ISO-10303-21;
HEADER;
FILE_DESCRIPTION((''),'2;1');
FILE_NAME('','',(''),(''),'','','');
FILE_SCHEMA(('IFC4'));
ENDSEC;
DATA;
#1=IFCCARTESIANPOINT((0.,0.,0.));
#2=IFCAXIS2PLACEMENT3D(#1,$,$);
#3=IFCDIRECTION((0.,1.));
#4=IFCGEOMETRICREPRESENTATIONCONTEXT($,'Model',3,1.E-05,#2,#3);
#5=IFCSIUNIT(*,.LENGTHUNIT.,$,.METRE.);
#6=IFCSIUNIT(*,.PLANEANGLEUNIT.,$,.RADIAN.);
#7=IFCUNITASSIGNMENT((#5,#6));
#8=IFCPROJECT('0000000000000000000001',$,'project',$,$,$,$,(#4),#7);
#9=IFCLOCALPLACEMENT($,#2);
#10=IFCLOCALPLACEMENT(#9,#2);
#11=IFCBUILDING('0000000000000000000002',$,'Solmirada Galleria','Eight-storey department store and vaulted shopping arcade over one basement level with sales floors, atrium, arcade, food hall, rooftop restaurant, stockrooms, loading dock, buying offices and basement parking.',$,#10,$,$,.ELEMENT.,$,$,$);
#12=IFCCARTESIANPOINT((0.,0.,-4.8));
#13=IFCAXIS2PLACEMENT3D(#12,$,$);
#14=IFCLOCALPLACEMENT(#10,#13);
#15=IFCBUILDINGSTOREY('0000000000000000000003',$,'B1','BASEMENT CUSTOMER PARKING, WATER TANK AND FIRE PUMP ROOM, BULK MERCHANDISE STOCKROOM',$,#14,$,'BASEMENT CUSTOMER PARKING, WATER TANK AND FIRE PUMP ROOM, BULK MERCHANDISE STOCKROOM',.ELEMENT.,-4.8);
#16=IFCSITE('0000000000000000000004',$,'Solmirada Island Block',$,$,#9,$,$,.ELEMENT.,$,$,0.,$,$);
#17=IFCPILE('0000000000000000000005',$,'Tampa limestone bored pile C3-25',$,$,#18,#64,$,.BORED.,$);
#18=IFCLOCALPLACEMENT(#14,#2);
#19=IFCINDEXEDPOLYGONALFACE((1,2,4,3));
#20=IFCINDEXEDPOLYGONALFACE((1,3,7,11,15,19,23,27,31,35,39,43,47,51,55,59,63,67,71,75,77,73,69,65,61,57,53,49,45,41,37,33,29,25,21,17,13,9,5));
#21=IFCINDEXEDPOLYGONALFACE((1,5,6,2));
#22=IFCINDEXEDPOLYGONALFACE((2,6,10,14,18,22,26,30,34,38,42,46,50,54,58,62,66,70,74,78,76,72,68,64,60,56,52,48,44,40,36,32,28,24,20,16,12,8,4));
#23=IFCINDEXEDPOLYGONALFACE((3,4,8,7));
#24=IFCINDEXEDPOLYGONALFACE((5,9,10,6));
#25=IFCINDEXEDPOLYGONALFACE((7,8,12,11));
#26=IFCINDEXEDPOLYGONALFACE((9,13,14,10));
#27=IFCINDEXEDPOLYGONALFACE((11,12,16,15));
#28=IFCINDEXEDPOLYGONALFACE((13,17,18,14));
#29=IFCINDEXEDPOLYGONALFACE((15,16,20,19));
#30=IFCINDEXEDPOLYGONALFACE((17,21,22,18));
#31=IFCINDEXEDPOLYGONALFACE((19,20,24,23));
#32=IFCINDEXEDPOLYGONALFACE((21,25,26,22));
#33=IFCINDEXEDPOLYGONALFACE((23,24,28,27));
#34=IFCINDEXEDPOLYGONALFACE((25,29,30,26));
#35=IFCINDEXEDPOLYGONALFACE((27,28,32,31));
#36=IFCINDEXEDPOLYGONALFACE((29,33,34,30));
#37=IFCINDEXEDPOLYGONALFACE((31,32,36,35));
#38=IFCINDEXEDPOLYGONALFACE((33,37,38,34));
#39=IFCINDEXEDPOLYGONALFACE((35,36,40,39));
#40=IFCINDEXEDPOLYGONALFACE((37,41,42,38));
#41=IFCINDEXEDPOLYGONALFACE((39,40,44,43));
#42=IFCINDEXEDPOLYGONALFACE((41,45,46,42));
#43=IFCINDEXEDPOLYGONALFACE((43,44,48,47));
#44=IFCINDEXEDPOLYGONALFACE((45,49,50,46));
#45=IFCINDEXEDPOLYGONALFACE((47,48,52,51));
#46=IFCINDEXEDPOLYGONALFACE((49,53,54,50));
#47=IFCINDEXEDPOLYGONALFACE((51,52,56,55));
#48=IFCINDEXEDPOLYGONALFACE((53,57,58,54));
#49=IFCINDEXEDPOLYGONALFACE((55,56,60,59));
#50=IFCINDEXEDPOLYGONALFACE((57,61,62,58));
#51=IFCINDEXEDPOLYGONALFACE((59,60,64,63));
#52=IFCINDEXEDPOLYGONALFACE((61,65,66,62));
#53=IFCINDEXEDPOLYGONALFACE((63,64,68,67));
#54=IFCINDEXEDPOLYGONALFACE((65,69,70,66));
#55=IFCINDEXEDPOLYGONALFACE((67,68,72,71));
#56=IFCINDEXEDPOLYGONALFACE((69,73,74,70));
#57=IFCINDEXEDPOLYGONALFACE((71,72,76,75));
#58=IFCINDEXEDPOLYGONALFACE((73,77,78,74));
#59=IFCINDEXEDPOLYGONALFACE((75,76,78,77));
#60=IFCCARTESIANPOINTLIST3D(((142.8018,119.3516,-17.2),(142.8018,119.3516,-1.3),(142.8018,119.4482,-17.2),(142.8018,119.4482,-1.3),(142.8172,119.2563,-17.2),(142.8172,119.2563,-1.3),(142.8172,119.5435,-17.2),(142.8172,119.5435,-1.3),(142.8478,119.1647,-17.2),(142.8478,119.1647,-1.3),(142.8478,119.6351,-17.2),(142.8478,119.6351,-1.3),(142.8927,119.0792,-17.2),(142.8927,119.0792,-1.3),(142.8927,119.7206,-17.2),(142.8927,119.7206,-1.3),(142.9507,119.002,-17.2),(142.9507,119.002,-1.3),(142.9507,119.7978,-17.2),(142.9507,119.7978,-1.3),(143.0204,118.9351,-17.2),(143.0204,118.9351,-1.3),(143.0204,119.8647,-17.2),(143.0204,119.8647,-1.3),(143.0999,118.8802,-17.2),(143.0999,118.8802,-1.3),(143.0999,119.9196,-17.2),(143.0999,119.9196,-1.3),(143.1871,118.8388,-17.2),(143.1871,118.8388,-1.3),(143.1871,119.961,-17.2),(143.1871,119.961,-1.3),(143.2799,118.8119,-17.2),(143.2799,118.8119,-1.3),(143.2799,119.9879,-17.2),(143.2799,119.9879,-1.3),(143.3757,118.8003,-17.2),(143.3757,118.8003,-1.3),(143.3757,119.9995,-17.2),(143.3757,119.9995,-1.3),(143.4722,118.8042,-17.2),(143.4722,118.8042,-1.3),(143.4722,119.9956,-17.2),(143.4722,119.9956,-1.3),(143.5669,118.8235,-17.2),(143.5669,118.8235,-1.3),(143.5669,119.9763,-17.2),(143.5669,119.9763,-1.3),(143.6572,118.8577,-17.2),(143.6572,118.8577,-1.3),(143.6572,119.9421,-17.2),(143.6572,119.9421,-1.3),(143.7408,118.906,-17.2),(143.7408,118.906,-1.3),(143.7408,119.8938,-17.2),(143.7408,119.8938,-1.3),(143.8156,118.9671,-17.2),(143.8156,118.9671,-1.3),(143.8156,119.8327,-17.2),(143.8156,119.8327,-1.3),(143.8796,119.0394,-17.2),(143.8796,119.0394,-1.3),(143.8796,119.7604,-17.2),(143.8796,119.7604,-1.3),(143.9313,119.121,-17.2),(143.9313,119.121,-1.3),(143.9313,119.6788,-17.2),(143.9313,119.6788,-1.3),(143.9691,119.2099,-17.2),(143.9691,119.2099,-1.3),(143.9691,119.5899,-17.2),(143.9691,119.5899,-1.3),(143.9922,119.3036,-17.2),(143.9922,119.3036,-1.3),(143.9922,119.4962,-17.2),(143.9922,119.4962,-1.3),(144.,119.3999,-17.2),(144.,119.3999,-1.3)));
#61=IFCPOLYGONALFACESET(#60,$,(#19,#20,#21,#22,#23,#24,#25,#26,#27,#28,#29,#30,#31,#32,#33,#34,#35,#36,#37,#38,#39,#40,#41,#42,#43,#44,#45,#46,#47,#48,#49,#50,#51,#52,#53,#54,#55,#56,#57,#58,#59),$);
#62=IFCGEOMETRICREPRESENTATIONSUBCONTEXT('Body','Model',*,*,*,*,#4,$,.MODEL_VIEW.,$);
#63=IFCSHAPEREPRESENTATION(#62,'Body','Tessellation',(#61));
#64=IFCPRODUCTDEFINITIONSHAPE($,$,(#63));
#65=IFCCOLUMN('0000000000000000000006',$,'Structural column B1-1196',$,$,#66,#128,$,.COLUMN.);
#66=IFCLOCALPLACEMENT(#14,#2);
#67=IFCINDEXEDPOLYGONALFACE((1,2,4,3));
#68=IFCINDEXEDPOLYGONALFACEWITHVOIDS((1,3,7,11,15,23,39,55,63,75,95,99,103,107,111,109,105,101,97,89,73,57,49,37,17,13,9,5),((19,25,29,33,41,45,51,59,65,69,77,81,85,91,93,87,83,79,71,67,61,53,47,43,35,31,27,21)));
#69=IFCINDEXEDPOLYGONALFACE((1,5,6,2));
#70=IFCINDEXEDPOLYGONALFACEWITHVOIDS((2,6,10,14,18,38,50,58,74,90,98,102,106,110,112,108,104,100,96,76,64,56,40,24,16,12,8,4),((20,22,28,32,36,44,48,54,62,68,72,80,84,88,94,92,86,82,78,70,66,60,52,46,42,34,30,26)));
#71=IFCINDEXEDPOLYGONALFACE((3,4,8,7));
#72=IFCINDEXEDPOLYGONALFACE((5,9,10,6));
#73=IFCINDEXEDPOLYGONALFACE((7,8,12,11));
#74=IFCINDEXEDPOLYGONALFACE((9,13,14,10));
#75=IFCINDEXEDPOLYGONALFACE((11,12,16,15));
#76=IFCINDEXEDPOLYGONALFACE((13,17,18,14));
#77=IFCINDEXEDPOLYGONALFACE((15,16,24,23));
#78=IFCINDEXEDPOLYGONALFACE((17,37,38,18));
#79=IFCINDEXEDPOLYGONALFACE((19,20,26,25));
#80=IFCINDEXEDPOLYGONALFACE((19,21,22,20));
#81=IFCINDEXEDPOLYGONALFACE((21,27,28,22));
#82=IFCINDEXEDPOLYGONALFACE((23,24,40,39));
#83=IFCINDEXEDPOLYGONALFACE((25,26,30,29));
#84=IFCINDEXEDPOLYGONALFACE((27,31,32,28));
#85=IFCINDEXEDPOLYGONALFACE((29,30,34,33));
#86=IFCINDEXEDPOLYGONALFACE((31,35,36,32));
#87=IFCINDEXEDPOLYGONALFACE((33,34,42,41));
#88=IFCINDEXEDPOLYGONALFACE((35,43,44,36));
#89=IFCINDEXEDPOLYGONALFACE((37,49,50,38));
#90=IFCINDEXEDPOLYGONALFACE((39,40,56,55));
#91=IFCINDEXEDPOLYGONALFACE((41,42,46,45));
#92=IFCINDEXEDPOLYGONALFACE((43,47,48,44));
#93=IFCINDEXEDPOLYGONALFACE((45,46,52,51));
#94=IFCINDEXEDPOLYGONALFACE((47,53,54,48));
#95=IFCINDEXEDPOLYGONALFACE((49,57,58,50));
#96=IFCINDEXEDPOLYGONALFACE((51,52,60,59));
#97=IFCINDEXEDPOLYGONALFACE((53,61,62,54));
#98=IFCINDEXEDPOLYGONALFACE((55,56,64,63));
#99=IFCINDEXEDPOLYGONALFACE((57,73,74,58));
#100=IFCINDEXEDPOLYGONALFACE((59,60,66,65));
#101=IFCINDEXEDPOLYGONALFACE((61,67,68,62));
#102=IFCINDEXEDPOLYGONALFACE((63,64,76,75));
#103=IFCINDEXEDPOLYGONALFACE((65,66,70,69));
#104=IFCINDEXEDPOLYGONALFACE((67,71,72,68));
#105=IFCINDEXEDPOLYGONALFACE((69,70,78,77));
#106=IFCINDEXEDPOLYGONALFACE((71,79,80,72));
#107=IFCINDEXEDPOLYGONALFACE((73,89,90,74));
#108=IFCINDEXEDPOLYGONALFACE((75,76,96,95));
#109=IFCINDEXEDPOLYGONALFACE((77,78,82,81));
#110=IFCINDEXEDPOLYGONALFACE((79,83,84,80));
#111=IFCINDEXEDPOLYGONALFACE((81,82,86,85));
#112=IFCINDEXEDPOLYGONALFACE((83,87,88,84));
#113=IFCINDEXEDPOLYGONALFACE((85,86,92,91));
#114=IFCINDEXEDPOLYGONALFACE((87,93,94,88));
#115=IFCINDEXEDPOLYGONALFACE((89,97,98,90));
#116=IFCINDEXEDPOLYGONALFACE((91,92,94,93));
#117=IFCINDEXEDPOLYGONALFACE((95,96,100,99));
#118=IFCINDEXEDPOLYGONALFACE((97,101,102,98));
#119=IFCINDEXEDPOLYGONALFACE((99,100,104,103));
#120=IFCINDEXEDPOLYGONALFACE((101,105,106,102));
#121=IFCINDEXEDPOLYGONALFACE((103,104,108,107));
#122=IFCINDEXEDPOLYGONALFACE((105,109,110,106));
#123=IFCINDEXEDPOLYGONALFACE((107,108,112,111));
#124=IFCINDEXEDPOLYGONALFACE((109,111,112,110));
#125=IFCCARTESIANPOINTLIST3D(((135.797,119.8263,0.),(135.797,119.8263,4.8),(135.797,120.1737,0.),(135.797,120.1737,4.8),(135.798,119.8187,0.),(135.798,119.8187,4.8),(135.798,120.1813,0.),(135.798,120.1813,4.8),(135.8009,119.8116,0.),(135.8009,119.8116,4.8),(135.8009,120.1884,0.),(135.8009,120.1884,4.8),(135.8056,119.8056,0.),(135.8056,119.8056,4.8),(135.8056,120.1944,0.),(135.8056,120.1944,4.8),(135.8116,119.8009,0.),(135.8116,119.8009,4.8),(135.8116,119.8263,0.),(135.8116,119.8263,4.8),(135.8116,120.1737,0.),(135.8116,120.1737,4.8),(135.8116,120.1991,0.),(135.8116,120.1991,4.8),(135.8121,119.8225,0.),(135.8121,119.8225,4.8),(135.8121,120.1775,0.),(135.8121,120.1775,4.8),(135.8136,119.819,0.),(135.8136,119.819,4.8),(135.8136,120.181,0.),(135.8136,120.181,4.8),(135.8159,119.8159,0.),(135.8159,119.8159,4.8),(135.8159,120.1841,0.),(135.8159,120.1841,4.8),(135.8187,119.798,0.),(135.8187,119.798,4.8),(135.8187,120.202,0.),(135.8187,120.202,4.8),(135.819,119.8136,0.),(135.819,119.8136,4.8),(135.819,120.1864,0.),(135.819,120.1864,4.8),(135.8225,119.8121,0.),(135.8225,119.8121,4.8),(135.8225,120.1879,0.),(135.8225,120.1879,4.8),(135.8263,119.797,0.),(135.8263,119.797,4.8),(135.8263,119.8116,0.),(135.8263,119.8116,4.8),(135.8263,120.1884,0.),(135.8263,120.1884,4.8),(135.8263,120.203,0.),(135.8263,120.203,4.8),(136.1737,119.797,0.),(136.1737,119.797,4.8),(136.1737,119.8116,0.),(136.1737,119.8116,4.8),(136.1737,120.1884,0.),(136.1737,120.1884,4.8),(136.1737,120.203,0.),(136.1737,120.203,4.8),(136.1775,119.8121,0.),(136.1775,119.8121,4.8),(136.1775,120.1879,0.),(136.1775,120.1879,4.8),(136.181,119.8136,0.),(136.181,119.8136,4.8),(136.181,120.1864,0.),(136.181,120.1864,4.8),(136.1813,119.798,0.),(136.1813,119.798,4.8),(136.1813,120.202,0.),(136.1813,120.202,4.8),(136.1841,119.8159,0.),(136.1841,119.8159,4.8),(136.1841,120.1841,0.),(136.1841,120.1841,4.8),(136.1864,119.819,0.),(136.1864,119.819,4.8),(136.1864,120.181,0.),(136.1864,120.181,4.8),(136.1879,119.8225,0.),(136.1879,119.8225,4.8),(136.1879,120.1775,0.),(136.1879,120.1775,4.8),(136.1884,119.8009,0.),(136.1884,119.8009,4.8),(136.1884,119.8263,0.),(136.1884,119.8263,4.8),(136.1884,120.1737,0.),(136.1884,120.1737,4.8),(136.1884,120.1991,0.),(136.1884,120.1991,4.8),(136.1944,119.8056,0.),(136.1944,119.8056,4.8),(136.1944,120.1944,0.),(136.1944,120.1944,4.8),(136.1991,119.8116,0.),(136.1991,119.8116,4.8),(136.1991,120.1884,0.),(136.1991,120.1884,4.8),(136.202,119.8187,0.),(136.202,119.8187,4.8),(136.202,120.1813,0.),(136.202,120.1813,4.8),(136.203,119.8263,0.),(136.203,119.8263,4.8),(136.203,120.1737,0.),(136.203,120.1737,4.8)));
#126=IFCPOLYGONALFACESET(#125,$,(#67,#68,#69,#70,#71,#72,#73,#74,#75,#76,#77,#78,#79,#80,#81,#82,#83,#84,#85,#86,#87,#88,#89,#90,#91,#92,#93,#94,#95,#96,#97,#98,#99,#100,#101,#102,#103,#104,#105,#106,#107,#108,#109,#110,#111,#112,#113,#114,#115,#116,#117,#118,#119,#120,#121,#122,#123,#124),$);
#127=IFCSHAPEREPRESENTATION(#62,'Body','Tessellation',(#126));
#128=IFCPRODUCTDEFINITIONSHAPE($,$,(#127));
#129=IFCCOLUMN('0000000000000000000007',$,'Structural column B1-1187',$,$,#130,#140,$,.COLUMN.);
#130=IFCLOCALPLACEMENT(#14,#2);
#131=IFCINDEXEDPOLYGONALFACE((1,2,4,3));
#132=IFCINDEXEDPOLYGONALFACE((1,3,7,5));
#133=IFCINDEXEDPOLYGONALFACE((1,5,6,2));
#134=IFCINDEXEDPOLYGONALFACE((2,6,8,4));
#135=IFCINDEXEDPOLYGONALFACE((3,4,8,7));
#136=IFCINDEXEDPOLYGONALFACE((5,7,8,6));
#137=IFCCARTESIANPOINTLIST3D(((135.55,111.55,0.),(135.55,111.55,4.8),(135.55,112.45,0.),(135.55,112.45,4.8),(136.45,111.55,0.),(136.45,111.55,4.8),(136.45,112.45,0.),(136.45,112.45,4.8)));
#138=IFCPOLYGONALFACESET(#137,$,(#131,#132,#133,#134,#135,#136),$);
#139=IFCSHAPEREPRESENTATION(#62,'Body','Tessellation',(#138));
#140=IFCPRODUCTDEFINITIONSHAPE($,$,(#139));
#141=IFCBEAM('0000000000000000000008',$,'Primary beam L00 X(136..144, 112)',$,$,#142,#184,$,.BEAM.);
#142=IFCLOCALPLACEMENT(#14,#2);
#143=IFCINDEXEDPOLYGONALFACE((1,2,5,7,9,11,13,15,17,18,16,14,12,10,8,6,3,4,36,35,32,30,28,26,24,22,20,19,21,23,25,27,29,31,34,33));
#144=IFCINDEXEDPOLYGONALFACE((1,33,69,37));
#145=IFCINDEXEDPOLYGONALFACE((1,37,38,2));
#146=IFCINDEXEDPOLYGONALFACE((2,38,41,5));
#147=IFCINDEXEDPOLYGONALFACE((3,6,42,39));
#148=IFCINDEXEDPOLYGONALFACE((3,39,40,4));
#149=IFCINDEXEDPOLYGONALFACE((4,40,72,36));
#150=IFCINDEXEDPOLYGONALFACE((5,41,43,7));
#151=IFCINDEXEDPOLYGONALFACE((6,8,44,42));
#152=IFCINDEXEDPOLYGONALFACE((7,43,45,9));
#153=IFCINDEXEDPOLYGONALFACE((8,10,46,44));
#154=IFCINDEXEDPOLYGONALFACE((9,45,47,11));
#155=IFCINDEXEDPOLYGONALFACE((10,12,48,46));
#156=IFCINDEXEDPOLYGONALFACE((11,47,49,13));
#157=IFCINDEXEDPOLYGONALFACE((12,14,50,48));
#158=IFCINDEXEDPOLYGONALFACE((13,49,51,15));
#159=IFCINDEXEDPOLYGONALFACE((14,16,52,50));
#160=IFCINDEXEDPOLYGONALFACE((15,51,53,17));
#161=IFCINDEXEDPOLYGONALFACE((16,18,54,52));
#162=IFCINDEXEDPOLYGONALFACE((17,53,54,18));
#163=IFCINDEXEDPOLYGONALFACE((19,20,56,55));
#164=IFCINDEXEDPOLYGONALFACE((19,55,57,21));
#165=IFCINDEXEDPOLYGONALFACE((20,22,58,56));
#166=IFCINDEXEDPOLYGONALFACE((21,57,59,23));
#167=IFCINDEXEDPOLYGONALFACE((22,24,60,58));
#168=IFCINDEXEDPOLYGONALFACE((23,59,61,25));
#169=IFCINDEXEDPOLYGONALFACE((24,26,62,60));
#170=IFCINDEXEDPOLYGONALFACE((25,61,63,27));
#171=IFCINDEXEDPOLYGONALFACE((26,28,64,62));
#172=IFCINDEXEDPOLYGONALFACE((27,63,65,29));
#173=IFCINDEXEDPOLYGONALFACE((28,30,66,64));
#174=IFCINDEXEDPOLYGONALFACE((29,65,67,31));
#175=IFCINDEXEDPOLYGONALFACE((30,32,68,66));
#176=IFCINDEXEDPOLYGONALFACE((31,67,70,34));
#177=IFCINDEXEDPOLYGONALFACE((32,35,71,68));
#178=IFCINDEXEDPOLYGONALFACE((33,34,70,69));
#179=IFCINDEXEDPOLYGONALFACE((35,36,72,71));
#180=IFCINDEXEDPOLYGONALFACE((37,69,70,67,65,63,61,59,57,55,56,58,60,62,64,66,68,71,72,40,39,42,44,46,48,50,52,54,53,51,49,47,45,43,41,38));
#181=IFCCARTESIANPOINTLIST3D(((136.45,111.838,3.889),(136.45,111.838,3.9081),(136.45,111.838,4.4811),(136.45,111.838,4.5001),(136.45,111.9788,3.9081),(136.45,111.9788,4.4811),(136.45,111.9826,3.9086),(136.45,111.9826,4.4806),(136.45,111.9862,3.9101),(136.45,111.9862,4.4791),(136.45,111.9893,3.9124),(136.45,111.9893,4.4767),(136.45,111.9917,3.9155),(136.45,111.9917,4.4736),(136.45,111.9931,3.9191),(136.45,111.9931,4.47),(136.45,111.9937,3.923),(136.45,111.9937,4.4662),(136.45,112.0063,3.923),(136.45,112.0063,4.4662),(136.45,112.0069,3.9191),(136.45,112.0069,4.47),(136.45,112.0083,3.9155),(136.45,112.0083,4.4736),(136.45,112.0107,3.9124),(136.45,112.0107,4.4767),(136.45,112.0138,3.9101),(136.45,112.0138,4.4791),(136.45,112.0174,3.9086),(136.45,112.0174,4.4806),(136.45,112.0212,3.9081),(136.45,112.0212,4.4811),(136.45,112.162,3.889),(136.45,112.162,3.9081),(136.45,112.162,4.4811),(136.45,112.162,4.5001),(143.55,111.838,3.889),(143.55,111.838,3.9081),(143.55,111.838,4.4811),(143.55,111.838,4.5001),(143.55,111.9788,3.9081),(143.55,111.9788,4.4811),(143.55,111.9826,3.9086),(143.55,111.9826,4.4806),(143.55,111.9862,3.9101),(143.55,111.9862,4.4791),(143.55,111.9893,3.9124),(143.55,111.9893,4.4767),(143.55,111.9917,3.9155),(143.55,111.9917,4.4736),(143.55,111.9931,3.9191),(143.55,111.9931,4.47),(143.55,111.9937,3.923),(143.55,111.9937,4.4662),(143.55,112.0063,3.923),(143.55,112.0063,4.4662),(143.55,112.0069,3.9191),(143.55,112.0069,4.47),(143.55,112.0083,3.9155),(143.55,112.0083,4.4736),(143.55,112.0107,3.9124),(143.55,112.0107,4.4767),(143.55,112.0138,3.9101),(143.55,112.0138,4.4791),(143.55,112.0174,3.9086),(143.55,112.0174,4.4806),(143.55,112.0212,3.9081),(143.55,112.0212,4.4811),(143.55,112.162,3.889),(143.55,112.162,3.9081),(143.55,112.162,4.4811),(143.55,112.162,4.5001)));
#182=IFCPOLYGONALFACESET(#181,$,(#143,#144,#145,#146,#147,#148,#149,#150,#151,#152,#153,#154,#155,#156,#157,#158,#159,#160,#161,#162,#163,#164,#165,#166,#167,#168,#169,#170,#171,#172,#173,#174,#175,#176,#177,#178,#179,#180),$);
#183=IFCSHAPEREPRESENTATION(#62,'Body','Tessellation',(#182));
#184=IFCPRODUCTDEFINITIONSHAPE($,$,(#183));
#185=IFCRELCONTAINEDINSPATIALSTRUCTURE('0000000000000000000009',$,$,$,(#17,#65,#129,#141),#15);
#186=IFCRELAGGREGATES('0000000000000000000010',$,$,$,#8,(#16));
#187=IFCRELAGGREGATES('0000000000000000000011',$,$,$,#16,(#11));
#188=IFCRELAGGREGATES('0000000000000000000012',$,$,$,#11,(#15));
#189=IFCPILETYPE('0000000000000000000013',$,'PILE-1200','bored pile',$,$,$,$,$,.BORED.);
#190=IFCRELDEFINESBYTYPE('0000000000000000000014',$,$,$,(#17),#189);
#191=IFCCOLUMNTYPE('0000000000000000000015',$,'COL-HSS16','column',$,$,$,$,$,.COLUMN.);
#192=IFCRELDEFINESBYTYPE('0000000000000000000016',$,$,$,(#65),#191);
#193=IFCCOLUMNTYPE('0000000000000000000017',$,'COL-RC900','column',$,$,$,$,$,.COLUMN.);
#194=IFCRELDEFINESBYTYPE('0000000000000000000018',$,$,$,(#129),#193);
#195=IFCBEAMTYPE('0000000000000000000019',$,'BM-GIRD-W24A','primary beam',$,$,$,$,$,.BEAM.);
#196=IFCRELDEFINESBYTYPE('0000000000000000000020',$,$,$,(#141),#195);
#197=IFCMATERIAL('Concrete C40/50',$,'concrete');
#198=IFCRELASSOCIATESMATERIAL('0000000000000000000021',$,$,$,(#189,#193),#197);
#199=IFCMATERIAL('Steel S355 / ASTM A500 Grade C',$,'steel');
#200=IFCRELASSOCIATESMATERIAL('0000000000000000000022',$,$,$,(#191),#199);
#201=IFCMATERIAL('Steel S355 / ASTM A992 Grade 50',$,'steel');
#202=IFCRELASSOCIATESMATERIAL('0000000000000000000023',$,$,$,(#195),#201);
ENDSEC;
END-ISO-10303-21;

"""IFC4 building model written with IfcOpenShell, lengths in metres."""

from ifc_helpers import new_model, si_unit, direction, frame, origin, origin_2d, place, context, subcontext, project, spatial, rectangle, hollow_rectangle, circle, i_section, extrude, material, material_profile, profile_set, type_object, element, save


model = new_model("IFC4")

# Units and contexts
model_context = context("Model", 3, precision=1e-05, world=origin(), true_north=direction((0.0, 1.0)))
body_context = subcontext(model_context, "Body", "Model", "MODEL_VIEW")
ifc_project = project(units=[si_unit("LENGTHUNIT", "METRE"), si_unit("PLANEANGLEUNIT", "RADIAN")], contexts=[model_context])

# Site, building, storey
site_placement = place(None, origin())
site = spatial("IfcSite", under=ifc_project, at=site_placement, Name="Solmirada Island Block", CompositionType="ELEMENT", RefElevation=0.0)
building_placement = place(site_placement, origin())
building = spatial("IfcBuilding", under=site, at=building_placement, Name="Solmirada Galleria", Description="Eight-storey department store and vaulted shopping arcade over one basement level with sales floors, atrium, arcade, food hall, rooftop restaurant, stockrooms, loading dock, buying offices and basement parking.", CompositionType="ELEMENT")
storey_placement = place(building_placement, frame((0.0, 0.0, -4.8)))
storey = spatial("IfcBuildingStorey", under=building, at=storey_placement, Name="B1", Description="BASEMENT CUSTOMER PARKING, WATER TANK AND FIRE PUMP ROOM, BULK MERCHANDISE STOCKROOM", LongName="BASEMENT CUSTOMER PARKING, WATER TANK AND FIRE PUMP ROOM, BULK MERCHANDISE STOCKROOM", CompositionType="ELEMENT", Elevation=-4.8)

# Pile
ifc_material_1 = material(Name="Concrete C40/50", Category="concrete")
ifc_material_profile_1 = material_profile(ifc_material_1, circle(Radius=0.6001, at=origin_2d()), Name="PILE1200")
ifc_profile_set_1 = profile_set([ifc_material_profile_1], Name="Concrete C40/50")
pile_type = type_object("IfcPileType", Name="PILE-1200", Description="bored pile", PredefinedType="BORED", material=ifc_profile_set_1)
for number, where, z_axis, x_axis, name in (
    (1, (143.3999, 119.3999, -1.3), (0.0, 0.0, -1.0), (1.0, 0.0, 0.0), "Tampa limestone bored pile C3-25"),
):
    element("IfcPile", number, at=place(storey_placement, frame(where, z_axis=z_axis, x_axis=x_axis)), inside=storey, type_object=pile_type, Name=name, PredefinedType="BORED", context=body_context, shape_type="SweptSolid", body=[
        extrude(circle(Radius=0.6001, at=origin_2d()), origin(), (0.0, 0.0, 1.0), 15.8999),
    ])

# Columns
ifc_material_2 = material(Name="Steel S355 / ASTM A500 Grade C", Category="steel")
ifc_material_profile_2 = material_profile(ifc_material_2, hollow_rectangle(XDim=0.406, YDim=0.406, WallThickness=0.0146, InnerFilletRadius=0.0146, OuterFilletRadius=0.0293, at=origin_2d()), Name="HSS16X16X5/8")
ifc_profile_set_2 = profile_set([ifc_material_profile_2], Name="Steel S355 / ASTM A500 Grade C")
column_type_1 = type_object("IfcColumnType", Name="COL-HSS16", Description="column", PredefinedType="COLUMN", material=ifc_profile_set_2)
column_1_placement = place(storey_placement, frame((136.0, 120.0, 0.0), z_axis=(0.0, 0.0, 1.0), x_axis=(1.0, 0.0, 0.0)))
element("IfcColumn", 2, at=column_1_placement, inside=storey, type_object=column_type_1, Name="Structural column B1-1196", PredefinedType="COLUMN", context=body_context, shape_type="SweptSolid", body=[
    extrude(hollow_rectangle(XDim=0.406, YDim=0.406, WallThickness=0.0146, InnerFilletRadius=0.0146, OuterFilletRadius=0.0293, at=origin_2d()), origin(), (0.0, 0.0, 1.0), 4.8),
])
ifc_material_profile_3 = material_profile(ifc_material_1, rectangle(XDim=0.8999, YDim=0.8999, at=origin_2d()), Name="RC900X900")
ifc_profile_set_3 = profile_set([ifc_material_profile_3], Name="Concrete C40/50")
column_type_2 = type_object("IfcColumnType", Name="COL-RC900", Description="column", PredefinedType="COLUMN", material=ifc_profile_set_3)
column_2_placement = place(storey_placement, frame((136.0, 112.0, 0.0), z_axis=(0.0, 0.0, 1.0), x_axis=(1.0, 0.0, 0.0)))
element("IfcColumn", 3, at=column_2_placement, inside=storey, type_object=column_type_2, Name="Structural column B1-1187", PredefinedType="COLUMN", context=body_context, shape_type="SweptSolid", body=[
    extrude(rectangle(XDim=0.8999, YDim=0.8999, at=origin_2d()), origin(), (0.0, 0.0, 1.0), 4.8),
])

# Beam
ifc_material_3 = material(Name="Steel S355 / ASTM A992 Grade 50", Category="steel")
ifc_material_profile_4 = material_profile(ifc_material_3, i_section(OverallWidth=0.324, OverallDepth=0.6111, WebThickness=0.0127, FlangeThickness=0.019, FilletRadius=0.0149, at=origin_2d()), Name="W24X104")
ifc_profile_set_4 = profile_set([ifc_material_profile_4], Name="Steel S355 / ASTM A992 Grade 50")
beam_type_1 = type_object("IfcBeamType", Name="BM-GIRD-W24A", Description="primary beam", PredefinedType="BEAM", material=ifc_profile_set_4)
beam_1_placement = place(storey_placement, frame((136.45, 112.0, 4.1946), z_axis=(1.0, 0.0, 0.0), x_axis=(0.0, 1.0, 0.0)))
element("IfcBeam", 4, at=beam_1_placement, inside=storey, type_object=beam_type_1, Name="Primary beam L00 X(136..144, 112)", PredefinedType="BEAM", context=body_context, shape_type="SweptSolid", body=[
    extrude(i_section(OverallWidth=0.324, OverallDepth=0.6111, WebThickness=0.0127, FlangeThickness=0.019, FilletRadius=0.0149, at=origin_2d()), origin(), (0.0, 0.0, 1.0), 7.1001),
])

save(model, "model.ifc")
